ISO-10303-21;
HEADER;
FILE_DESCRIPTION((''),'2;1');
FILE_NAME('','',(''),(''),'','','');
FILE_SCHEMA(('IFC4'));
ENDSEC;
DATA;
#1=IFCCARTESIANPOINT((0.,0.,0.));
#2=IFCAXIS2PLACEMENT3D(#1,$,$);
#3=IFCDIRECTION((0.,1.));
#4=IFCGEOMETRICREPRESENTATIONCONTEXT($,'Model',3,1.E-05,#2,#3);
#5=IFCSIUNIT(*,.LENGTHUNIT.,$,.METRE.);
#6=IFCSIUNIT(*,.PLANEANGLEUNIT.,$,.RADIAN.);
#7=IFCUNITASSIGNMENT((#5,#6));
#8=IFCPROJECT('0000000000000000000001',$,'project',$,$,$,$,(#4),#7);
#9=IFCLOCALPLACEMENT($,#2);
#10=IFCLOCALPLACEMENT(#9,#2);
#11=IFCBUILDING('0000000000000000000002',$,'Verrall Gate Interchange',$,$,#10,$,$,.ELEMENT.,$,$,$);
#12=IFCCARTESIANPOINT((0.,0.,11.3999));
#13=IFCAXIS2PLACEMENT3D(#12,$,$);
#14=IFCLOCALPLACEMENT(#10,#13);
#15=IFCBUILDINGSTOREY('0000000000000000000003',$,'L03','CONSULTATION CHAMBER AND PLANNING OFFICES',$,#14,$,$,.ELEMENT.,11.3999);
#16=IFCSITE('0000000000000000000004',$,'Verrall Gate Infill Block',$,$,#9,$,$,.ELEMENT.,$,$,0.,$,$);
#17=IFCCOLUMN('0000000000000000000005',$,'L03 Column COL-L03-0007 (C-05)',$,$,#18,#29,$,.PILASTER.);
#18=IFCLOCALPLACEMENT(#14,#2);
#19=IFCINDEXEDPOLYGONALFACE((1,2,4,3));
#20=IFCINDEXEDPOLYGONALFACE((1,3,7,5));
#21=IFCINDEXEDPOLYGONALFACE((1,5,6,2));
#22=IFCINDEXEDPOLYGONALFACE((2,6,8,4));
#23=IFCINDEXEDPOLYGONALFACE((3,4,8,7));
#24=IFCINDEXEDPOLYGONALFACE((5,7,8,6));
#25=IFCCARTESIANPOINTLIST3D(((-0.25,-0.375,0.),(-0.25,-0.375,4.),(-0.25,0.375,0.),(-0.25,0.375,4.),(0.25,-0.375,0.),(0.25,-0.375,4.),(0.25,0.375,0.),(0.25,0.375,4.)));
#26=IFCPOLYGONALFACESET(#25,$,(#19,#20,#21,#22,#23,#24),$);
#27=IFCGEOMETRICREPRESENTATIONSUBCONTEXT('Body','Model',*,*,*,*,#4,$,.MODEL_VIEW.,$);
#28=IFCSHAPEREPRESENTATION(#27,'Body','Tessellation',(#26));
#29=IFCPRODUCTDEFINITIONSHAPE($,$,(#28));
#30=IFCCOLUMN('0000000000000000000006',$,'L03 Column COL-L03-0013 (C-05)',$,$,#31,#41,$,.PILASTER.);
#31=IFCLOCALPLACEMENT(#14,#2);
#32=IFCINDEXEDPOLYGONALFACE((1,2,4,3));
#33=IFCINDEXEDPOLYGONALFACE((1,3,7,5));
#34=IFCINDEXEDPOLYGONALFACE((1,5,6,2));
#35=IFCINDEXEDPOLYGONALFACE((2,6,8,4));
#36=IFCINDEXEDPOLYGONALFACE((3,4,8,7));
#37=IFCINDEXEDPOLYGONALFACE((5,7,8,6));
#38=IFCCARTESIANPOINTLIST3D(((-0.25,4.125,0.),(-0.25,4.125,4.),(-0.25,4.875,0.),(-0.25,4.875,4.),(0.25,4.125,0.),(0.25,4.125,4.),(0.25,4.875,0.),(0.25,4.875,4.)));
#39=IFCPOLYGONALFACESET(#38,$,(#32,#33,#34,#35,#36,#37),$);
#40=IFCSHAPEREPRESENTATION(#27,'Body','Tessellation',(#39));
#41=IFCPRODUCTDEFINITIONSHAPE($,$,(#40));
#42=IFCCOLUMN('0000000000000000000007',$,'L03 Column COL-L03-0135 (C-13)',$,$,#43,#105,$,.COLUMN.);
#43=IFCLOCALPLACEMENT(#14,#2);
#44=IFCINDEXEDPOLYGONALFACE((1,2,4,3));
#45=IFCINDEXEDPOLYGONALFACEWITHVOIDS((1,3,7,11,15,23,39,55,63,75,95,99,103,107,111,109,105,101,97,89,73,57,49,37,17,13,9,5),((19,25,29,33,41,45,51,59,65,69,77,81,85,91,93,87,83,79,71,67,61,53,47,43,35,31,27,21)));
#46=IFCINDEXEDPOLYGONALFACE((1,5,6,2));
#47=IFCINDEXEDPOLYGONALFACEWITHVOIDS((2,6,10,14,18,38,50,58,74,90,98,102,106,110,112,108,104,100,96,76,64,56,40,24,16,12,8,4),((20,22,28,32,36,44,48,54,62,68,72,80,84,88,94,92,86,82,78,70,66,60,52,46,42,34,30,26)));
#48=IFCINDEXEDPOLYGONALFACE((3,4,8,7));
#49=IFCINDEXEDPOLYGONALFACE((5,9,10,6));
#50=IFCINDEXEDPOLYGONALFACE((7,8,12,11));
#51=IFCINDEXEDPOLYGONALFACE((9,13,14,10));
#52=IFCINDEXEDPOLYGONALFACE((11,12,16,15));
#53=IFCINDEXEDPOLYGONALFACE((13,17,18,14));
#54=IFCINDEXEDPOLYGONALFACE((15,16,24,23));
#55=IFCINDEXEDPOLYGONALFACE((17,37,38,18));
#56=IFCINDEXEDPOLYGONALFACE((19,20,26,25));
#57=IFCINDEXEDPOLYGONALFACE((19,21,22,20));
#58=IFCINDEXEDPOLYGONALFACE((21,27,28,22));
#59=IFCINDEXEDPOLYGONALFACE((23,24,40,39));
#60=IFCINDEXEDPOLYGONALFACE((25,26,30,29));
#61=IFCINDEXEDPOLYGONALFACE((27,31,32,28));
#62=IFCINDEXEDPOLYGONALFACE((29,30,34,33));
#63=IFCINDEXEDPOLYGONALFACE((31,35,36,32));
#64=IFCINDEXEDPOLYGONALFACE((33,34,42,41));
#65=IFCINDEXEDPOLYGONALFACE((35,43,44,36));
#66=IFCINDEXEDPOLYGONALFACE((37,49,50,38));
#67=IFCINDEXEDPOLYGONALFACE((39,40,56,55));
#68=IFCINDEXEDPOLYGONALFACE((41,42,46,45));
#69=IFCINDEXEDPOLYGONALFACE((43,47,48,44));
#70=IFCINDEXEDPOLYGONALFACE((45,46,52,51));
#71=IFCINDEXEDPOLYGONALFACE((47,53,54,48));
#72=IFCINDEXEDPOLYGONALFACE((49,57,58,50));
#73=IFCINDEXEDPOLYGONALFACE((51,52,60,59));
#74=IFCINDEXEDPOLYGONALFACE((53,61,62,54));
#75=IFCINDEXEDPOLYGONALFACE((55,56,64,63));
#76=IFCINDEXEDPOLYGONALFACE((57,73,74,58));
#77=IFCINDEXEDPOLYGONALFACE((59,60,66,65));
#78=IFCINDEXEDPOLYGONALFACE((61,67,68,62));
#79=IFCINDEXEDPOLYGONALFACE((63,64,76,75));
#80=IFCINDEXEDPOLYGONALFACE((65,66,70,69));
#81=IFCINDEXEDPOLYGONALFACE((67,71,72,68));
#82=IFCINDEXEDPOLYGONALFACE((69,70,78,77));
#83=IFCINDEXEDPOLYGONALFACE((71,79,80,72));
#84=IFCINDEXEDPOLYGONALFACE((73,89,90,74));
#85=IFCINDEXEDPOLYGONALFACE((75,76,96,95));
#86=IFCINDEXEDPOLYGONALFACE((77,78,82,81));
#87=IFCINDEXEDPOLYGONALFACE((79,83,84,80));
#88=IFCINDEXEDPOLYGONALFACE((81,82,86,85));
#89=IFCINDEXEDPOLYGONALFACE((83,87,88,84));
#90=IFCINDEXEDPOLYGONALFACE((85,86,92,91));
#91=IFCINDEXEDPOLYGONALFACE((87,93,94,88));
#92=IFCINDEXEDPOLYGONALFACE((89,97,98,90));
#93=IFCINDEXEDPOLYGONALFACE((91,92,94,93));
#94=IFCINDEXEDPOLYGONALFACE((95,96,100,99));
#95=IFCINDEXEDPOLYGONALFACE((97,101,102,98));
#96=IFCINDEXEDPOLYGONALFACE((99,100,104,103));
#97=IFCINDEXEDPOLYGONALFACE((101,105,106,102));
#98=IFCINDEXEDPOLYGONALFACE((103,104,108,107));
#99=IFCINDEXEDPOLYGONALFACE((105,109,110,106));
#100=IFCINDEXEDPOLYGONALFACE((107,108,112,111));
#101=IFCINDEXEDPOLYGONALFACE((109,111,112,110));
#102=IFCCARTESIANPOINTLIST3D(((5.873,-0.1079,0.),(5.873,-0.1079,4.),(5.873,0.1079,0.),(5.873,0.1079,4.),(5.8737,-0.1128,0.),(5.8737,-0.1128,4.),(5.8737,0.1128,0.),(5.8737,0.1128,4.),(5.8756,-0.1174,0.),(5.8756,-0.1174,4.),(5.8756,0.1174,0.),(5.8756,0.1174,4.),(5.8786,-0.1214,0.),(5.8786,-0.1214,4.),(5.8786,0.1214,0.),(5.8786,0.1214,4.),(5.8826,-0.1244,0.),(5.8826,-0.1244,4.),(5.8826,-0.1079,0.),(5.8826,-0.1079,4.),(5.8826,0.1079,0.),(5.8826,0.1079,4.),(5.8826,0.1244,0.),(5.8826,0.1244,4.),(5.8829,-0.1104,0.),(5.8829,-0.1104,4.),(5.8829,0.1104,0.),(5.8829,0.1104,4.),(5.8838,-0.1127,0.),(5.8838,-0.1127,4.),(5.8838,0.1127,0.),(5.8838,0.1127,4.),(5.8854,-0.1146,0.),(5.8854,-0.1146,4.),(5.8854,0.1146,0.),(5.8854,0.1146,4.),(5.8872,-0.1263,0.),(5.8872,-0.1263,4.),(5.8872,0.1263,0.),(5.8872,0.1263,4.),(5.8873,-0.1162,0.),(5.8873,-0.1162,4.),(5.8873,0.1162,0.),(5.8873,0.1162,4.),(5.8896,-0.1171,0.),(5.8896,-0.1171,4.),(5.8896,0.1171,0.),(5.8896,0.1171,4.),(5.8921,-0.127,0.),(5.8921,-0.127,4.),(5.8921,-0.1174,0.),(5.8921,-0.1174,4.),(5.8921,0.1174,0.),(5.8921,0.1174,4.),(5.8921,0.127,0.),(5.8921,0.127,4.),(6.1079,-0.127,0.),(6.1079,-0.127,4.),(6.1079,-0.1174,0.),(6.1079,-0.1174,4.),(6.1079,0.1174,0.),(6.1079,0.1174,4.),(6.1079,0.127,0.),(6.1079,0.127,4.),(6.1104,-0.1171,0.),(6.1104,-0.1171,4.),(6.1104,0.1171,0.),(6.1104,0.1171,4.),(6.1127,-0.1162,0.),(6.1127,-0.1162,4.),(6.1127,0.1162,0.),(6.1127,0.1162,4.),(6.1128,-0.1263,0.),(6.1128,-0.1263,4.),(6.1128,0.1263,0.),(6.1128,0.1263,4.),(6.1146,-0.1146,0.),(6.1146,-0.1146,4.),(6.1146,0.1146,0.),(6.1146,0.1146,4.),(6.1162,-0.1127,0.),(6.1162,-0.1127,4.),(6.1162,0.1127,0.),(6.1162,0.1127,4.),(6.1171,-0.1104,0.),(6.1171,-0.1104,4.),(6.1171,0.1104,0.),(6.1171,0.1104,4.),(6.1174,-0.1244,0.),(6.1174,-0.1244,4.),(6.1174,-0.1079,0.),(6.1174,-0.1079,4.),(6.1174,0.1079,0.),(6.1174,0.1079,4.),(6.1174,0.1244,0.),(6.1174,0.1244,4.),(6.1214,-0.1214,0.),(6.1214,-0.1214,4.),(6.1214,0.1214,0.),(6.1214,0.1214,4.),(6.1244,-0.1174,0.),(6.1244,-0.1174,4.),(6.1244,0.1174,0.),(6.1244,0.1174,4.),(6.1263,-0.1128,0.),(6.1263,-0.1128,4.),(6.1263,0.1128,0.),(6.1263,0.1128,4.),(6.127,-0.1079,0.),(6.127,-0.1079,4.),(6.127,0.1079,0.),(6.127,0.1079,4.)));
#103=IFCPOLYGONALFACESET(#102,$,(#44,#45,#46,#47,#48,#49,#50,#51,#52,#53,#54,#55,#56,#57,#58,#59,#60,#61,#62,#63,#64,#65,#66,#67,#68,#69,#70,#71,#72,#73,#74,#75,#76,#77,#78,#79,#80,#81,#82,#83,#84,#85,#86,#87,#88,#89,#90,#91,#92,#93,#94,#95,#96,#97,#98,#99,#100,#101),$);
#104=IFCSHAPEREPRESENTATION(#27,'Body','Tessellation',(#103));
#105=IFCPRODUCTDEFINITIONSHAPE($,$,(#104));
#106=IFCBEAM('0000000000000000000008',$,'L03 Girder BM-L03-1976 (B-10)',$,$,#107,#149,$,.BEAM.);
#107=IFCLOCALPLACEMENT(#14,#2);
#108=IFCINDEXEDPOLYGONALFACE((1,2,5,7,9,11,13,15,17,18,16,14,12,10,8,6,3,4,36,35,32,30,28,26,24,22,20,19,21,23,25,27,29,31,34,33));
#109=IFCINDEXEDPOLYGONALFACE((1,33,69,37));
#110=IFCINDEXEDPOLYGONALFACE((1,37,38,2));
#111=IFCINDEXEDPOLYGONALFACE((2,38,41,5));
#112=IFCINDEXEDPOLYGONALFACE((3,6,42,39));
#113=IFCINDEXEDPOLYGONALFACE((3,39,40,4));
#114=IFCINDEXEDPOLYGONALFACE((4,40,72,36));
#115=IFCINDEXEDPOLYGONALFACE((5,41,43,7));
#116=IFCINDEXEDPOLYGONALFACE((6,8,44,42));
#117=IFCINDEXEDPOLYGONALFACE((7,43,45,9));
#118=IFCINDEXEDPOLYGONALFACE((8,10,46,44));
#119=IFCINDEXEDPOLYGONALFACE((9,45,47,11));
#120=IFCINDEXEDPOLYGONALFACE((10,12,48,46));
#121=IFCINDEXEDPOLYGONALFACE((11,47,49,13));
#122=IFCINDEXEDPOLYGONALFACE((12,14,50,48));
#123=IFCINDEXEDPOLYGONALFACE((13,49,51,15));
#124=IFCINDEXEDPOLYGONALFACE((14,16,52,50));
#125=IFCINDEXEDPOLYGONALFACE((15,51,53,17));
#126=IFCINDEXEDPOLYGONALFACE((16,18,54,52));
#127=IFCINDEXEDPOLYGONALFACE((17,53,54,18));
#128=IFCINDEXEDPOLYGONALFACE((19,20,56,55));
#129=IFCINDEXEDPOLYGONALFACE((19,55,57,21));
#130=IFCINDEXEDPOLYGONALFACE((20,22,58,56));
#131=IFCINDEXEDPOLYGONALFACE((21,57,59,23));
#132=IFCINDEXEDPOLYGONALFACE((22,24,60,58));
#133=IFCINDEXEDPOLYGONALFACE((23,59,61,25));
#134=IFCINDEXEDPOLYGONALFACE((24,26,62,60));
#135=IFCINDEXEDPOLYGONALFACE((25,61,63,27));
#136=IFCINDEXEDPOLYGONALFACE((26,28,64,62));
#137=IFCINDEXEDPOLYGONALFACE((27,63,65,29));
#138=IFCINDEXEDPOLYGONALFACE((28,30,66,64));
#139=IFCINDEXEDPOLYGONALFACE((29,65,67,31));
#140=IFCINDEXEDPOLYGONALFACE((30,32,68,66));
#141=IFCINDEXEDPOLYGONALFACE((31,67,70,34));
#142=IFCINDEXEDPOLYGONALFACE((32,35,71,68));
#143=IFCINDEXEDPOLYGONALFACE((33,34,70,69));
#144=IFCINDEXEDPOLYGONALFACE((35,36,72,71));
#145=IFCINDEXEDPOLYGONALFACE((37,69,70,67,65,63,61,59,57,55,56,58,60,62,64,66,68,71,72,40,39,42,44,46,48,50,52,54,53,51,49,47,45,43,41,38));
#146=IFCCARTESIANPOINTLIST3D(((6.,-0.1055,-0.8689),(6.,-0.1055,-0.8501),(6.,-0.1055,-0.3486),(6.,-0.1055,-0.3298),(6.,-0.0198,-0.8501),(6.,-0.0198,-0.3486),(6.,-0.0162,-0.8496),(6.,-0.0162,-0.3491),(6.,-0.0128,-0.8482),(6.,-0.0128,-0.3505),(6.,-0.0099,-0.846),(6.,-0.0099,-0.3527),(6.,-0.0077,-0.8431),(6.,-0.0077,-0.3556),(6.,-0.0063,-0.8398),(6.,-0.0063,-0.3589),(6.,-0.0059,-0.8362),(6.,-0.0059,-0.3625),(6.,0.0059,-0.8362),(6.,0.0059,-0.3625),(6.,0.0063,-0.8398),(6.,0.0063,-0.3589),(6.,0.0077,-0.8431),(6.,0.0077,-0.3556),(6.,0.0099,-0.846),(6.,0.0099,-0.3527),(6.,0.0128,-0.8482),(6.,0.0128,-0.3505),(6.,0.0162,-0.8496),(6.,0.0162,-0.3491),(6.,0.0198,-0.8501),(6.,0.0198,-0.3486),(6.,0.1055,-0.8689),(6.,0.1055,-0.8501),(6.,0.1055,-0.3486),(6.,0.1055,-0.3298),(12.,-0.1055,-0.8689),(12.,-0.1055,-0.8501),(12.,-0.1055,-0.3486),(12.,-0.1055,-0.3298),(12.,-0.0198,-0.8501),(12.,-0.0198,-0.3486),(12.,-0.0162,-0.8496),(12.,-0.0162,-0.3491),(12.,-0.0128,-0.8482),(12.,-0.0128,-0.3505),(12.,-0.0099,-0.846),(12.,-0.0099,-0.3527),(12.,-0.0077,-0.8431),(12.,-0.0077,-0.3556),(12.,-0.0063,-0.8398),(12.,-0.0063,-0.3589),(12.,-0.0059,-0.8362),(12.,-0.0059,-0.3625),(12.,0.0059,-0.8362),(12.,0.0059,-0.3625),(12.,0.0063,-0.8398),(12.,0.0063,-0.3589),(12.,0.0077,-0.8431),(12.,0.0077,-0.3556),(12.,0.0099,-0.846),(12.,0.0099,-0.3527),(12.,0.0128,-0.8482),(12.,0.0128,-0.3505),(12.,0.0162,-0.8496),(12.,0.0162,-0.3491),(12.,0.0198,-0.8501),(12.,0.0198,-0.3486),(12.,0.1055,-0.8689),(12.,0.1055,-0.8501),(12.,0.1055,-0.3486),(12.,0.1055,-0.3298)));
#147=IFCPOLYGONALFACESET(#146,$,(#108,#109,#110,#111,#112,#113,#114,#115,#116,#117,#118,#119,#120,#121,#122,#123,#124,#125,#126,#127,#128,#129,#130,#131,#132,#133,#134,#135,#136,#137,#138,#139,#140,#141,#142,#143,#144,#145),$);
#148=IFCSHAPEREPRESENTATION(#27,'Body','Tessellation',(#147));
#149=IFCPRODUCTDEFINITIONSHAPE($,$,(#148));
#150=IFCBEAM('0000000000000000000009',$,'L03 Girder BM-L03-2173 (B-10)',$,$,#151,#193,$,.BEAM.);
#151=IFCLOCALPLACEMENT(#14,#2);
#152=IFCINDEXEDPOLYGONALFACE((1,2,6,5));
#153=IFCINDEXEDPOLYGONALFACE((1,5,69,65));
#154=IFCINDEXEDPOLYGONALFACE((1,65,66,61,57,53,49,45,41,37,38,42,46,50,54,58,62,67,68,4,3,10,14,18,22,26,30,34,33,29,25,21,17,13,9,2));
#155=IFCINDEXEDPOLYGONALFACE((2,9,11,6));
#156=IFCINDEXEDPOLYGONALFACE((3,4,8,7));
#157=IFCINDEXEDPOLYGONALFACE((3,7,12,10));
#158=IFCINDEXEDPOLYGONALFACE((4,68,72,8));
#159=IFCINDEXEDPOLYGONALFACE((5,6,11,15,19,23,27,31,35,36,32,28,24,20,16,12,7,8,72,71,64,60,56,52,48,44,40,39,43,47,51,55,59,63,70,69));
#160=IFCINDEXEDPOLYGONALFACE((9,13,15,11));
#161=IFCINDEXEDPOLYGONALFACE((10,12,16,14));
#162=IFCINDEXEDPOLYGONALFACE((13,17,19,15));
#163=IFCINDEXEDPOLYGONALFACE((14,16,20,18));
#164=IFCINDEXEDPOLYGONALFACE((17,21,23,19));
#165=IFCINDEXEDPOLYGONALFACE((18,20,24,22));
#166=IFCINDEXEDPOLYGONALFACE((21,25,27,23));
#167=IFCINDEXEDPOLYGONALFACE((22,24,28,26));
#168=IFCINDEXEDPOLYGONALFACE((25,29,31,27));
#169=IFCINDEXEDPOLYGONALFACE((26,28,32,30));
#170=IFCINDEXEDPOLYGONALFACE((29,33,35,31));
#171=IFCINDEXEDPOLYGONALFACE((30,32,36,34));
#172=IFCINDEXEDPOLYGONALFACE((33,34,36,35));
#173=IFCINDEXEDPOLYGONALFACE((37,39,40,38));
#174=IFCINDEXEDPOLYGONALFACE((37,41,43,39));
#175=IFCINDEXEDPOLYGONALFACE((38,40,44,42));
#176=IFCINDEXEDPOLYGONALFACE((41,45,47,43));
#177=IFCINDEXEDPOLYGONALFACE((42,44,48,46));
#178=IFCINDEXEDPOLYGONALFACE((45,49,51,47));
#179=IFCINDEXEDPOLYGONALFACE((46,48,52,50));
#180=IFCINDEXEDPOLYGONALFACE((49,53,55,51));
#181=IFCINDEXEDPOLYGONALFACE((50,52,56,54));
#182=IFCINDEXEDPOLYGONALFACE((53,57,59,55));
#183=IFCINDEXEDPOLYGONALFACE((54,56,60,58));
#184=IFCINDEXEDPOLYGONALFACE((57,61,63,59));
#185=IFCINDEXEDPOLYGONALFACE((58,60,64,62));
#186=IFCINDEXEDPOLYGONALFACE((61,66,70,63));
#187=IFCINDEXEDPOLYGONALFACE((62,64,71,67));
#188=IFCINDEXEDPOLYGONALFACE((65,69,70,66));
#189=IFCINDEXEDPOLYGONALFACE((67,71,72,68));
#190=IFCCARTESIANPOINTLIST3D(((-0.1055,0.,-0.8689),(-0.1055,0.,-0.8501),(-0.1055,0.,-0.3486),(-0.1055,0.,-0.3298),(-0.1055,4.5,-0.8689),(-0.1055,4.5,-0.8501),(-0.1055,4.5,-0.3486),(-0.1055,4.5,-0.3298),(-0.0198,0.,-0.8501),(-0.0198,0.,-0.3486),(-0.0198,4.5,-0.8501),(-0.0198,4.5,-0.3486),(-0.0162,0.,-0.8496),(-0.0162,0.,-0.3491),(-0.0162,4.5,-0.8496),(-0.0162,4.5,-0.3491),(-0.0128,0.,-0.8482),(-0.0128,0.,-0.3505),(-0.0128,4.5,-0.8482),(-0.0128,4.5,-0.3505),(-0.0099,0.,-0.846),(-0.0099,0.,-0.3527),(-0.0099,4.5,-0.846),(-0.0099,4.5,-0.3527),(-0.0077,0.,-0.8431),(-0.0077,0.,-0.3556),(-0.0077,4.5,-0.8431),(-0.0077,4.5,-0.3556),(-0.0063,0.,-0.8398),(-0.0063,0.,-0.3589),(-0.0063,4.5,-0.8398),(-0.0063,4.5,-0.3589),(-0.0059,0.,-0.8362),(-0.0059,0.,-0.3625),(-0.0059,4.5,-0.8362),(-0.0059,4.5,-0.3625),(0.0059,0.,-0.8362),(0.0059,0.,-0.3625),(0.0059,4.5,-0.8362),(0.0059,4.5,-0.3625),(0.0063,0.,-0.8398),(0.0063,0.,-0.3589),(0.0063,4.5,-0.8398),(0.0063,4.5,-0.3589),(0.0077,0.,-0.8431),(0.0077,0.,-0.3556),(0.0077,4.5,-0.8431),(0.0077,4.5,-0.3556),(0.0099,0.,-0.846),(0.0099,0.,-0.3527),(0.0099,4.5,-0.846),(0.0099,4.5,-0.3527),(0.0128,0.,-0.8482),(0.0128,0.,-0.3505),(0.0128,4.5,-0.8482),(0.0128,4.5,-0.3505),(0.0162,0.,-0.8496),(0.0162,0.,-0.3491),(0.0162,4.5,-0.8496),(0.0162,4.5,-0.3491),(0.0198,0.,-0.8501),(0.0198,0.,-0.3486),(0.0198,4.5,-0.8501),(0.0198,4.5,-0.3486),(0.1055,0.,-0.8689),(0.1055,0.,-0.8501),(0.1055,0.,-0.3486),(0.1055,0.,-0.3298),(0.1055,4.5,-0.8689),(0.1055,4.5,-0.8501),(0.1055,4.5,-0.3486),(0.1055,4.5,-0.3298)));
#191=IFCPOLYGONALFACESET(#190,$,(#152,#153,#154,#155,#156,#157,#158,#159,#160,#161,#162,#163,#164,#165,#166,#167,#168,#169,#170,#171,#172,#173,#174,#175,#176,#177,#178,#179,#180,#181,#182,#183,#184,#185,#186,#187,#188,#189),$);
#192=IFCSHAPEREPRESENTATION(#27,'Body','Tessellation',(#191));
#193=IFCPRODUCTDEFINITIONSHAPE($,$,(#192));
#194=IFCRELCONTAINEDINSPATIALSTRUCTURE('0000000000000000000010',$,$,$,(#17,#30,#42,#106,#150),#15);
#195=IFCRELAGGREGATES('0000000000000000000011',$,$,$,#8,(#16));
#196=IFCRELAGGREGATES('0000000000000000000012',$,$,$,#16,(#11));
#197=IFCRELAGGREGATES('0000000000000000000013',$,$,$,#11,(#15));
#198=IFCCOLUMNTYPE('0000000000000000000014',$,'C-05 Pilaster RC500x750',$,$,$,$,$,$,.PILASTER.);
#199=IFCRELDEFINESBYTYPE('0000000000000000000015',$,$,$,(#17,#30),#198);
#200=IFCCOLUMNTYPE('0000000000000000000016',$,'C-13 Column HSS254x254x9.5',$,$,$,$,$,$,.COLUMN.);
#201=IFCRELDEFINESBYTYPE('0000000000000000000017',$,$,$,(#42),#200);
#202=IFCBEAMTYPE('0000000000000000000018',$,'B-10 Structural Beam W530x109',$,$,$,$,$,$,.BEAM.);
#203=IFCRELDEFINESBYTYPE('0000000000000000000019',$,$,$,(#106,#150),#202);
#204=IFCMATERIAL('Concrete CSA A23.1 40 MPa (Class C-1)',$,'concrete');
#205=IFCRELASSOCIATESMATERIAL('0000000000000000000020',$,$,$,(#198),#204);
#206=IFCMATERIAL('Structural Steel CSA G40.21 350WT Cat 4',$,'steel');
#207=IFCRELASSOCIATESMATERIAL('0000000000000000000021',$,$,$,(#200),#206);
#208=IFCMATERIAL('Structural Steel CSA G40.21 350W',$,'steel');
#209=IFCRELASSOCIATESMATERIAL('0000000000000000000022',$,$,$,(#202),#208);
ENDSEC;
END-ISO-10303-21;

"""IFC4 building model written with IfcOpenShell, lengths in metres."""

from ifc_helpers import new_model, si_unit, direction, frame, origin, origin_2d, place, context, subcontext, project, spatial, rectangle, hollow_rectangle, i_section, extrude, material, material_profile, profile_set, type_object, element, save


model = new_model("IFC4")

# Units and contexts
model_context = context("Model", 3, precision=1e-05, world=origin(), true_north=direction((0.0, 1.0)))
body_context = subcontext(model_context, "Body", "Model", "MODEL_VIEW")
ifc_project = project(units=[si_unit("LENGTHUNIT", "METRE"), si_unit("PLANEANGLEUNIT", "RADIAN")], contexts=[model_context])

# Site, building, storey
site_placement = place(None, origin())
site = spatial("IfcSite", under=ifc_project, at=site_placement, Name="Verrall Gate Infill Block", CompositionType="ELEMENT", RefElevation=0.0)
building_placement = place(site_placement, origin())
building = spatial("IfcBuilding", under=site, at=building_placement, Name="Verrall Gate Interchange", CompositionType="ELEMENT")
storey_placement = place(building_placement, frame((0.0, 0.0, 11.3999)))
storey = spatial("IfcBuildingStorey", under=building, at=storey_placement, Name="L03", Description="CONSULTATION CHAMBER AND PLANNING OFFICES", CompositionType="ELEMENT", Elevation=11.3999)

# Columns
ifc_material_1 = material(Name="Concrete CSA A23.1 40 MPa (Class C-1)", Category="concrete")
ifc_material_profile_1 = material_profile(ifc_material_1, rectangle(XDim=0.5, YDim=0.75, at=origin_2d()), Name="RC500x750")
ifc_profile_set_1 = profile_set([ifc_material_profile_1], Name="Concrete CSA A23.1 40 MPa (Class C-1)")
column_type_1 = type_object("IfcColumnType", Name="C-05 Pilaster RC500x750", PredefinedType="PILASTER", material=ifc_profile_set_1)
for number, where, z_axis, x_axis, name in (
    (1, (0.0, 0.0, 0.0), (0.0, 0.0, 1.0), (1.0, 0.0, 0.0), "L03 Column COL-L03-0007 (C-05)"),
    (2, (0.0, 4.5, 0.0), (0.0, 0.0, 1.0), (1.0, 0.0, 0.0), "L03 Column COL-L03-0013 (C-05)"),
):
    element("IfcColumn", number, at=place(storey_placement, frame(where, z_axis=z_axis, x_axis=x_axis)), inside=storey, type_object=column_type_1, Name=name, PredefinedType="PILASTER", context=body_context, shape_type="SweptSolid", body=[
        extrude(rectangle(XDim=0.5, YDim=0.75, at=origin_2d()), origin(), (0.0, 0.0, 1.0), 4.0),
    ])
ifc_material_2 = material(Name="Structural Steel CSA G40.21 350WT Cat 4", Category="steel")
ifc_material_profile_2 = material_profile(ifc_material_2, hollow_rectangle(XDim=0.2539, YDim=0.2539, WallThickness=0.0095, InnerFilletRadius=0.0095, OuterFilletRadius=0.019, at=origin_2d()), Name="HSS254x254x9.5")
ifc_profile_set_2 = profile_set([ifc_material_profile_2], Name="Structural Steel CSA G40.21 350WT Cat 4")
column_type_2 = type_object("IfcColumnType", Name="C-13 Column HSS254x254x9.5", PredefinedType="COLUMN", material=ifc_profile_set_2)
column_placement = place(storey_placement, frame((6.0, 0.0, 0.0), z_axis=(0.0, 0.0, 1.0), x_axis=(1.0, 0.0, 0.0)))
element("IfcColumn", 3, at=column_placement, inside=storey, type_object=column_type_2, Name="L03 Column COL-L03-0135 (C-13)", PredefinedType="COLUMN", context=body_context, shape_type="SweptSolid", body=[
    extrude(hollow_rectangle(XDim=0.2539, YDim=0.2539, WallThickness=0.0095, InnerFilletRadius=0.0095, OuterFilletRadius=0.019, at=origin_2d()), origin(), (0.0, 0.0, 1.0), 4.0),
])

# Beams
ifc_material_3 = material(Name="Structural Steel CSA G40.21 350W", Category="steel")
ifc_material_profile_3 = material_profile(ifc_material_3, i_section(OverallWidth=0.2109, OverallDepth=0.5391, WebThickness=0.0117, FlangeThickness=0.0188, FilletRadius=0.0139, at=origin_2d()), Name="W530x109")
ifc_profile_set_3 = profile_set([ifc_material_profile_3], Name="Structural Steel CSA G40.21 350W")
beam_type_1 = type_object("IfcBeamType", Name="B-10 Structural Beam W530x109", PredefinedType="BEAM", material=ifc_profile_set_3)
beam_1_placement = place(storey_placement, frame((6.0, 0.0, -0.5994), z_axis=(1.0, 0.0, 0.0), x_axis=(0.0, 1.0, 0.0)))
element("IfcBeam", 4, at=beam_1_placement, inside=storey, type_object=beam_type_1, Name="L03 Girder BM-L03-1976 (B-10)", PredefinedType="BEAM", context=body_context, shape_type="SweptSolid", body=[
    extrude(i_section(OverallWidth=0.2109, OverallDepth=0.5391, WebThickness=0.0117, FlangeThickness=0.0188, FilletRadius=0.0139, at=origin_2d()), origin(), (0.0, 0.0, 1.0), 6.0),
])
beam_2_placement = place(storey_placement, frame((0.0, 0.0, -0.5994), z_axis=(0.0, 1.0, 0.0), x_axis=(-1.0, 0.0, 0.0)))
element("IfcBeam", 5, at=beam_2_placement, inside=storey, type_object=beam_type_1, Name="L03 Girder BM-L03-2173 (B-10)", PredefinedType="BEAM", context=body_context, shape_type="SweptSolid", body=[
    extrude(i_section(OverallWidth=0.2109, OverallDepth=0.5391, WebThickness=0.0117, FlangeThickness=0.0188, FilletRadius=0.0139, at=origin_2d()), origin(), (0.0, 0.0, 1.0), 4.5),
])

save(model, "model.ifc")
